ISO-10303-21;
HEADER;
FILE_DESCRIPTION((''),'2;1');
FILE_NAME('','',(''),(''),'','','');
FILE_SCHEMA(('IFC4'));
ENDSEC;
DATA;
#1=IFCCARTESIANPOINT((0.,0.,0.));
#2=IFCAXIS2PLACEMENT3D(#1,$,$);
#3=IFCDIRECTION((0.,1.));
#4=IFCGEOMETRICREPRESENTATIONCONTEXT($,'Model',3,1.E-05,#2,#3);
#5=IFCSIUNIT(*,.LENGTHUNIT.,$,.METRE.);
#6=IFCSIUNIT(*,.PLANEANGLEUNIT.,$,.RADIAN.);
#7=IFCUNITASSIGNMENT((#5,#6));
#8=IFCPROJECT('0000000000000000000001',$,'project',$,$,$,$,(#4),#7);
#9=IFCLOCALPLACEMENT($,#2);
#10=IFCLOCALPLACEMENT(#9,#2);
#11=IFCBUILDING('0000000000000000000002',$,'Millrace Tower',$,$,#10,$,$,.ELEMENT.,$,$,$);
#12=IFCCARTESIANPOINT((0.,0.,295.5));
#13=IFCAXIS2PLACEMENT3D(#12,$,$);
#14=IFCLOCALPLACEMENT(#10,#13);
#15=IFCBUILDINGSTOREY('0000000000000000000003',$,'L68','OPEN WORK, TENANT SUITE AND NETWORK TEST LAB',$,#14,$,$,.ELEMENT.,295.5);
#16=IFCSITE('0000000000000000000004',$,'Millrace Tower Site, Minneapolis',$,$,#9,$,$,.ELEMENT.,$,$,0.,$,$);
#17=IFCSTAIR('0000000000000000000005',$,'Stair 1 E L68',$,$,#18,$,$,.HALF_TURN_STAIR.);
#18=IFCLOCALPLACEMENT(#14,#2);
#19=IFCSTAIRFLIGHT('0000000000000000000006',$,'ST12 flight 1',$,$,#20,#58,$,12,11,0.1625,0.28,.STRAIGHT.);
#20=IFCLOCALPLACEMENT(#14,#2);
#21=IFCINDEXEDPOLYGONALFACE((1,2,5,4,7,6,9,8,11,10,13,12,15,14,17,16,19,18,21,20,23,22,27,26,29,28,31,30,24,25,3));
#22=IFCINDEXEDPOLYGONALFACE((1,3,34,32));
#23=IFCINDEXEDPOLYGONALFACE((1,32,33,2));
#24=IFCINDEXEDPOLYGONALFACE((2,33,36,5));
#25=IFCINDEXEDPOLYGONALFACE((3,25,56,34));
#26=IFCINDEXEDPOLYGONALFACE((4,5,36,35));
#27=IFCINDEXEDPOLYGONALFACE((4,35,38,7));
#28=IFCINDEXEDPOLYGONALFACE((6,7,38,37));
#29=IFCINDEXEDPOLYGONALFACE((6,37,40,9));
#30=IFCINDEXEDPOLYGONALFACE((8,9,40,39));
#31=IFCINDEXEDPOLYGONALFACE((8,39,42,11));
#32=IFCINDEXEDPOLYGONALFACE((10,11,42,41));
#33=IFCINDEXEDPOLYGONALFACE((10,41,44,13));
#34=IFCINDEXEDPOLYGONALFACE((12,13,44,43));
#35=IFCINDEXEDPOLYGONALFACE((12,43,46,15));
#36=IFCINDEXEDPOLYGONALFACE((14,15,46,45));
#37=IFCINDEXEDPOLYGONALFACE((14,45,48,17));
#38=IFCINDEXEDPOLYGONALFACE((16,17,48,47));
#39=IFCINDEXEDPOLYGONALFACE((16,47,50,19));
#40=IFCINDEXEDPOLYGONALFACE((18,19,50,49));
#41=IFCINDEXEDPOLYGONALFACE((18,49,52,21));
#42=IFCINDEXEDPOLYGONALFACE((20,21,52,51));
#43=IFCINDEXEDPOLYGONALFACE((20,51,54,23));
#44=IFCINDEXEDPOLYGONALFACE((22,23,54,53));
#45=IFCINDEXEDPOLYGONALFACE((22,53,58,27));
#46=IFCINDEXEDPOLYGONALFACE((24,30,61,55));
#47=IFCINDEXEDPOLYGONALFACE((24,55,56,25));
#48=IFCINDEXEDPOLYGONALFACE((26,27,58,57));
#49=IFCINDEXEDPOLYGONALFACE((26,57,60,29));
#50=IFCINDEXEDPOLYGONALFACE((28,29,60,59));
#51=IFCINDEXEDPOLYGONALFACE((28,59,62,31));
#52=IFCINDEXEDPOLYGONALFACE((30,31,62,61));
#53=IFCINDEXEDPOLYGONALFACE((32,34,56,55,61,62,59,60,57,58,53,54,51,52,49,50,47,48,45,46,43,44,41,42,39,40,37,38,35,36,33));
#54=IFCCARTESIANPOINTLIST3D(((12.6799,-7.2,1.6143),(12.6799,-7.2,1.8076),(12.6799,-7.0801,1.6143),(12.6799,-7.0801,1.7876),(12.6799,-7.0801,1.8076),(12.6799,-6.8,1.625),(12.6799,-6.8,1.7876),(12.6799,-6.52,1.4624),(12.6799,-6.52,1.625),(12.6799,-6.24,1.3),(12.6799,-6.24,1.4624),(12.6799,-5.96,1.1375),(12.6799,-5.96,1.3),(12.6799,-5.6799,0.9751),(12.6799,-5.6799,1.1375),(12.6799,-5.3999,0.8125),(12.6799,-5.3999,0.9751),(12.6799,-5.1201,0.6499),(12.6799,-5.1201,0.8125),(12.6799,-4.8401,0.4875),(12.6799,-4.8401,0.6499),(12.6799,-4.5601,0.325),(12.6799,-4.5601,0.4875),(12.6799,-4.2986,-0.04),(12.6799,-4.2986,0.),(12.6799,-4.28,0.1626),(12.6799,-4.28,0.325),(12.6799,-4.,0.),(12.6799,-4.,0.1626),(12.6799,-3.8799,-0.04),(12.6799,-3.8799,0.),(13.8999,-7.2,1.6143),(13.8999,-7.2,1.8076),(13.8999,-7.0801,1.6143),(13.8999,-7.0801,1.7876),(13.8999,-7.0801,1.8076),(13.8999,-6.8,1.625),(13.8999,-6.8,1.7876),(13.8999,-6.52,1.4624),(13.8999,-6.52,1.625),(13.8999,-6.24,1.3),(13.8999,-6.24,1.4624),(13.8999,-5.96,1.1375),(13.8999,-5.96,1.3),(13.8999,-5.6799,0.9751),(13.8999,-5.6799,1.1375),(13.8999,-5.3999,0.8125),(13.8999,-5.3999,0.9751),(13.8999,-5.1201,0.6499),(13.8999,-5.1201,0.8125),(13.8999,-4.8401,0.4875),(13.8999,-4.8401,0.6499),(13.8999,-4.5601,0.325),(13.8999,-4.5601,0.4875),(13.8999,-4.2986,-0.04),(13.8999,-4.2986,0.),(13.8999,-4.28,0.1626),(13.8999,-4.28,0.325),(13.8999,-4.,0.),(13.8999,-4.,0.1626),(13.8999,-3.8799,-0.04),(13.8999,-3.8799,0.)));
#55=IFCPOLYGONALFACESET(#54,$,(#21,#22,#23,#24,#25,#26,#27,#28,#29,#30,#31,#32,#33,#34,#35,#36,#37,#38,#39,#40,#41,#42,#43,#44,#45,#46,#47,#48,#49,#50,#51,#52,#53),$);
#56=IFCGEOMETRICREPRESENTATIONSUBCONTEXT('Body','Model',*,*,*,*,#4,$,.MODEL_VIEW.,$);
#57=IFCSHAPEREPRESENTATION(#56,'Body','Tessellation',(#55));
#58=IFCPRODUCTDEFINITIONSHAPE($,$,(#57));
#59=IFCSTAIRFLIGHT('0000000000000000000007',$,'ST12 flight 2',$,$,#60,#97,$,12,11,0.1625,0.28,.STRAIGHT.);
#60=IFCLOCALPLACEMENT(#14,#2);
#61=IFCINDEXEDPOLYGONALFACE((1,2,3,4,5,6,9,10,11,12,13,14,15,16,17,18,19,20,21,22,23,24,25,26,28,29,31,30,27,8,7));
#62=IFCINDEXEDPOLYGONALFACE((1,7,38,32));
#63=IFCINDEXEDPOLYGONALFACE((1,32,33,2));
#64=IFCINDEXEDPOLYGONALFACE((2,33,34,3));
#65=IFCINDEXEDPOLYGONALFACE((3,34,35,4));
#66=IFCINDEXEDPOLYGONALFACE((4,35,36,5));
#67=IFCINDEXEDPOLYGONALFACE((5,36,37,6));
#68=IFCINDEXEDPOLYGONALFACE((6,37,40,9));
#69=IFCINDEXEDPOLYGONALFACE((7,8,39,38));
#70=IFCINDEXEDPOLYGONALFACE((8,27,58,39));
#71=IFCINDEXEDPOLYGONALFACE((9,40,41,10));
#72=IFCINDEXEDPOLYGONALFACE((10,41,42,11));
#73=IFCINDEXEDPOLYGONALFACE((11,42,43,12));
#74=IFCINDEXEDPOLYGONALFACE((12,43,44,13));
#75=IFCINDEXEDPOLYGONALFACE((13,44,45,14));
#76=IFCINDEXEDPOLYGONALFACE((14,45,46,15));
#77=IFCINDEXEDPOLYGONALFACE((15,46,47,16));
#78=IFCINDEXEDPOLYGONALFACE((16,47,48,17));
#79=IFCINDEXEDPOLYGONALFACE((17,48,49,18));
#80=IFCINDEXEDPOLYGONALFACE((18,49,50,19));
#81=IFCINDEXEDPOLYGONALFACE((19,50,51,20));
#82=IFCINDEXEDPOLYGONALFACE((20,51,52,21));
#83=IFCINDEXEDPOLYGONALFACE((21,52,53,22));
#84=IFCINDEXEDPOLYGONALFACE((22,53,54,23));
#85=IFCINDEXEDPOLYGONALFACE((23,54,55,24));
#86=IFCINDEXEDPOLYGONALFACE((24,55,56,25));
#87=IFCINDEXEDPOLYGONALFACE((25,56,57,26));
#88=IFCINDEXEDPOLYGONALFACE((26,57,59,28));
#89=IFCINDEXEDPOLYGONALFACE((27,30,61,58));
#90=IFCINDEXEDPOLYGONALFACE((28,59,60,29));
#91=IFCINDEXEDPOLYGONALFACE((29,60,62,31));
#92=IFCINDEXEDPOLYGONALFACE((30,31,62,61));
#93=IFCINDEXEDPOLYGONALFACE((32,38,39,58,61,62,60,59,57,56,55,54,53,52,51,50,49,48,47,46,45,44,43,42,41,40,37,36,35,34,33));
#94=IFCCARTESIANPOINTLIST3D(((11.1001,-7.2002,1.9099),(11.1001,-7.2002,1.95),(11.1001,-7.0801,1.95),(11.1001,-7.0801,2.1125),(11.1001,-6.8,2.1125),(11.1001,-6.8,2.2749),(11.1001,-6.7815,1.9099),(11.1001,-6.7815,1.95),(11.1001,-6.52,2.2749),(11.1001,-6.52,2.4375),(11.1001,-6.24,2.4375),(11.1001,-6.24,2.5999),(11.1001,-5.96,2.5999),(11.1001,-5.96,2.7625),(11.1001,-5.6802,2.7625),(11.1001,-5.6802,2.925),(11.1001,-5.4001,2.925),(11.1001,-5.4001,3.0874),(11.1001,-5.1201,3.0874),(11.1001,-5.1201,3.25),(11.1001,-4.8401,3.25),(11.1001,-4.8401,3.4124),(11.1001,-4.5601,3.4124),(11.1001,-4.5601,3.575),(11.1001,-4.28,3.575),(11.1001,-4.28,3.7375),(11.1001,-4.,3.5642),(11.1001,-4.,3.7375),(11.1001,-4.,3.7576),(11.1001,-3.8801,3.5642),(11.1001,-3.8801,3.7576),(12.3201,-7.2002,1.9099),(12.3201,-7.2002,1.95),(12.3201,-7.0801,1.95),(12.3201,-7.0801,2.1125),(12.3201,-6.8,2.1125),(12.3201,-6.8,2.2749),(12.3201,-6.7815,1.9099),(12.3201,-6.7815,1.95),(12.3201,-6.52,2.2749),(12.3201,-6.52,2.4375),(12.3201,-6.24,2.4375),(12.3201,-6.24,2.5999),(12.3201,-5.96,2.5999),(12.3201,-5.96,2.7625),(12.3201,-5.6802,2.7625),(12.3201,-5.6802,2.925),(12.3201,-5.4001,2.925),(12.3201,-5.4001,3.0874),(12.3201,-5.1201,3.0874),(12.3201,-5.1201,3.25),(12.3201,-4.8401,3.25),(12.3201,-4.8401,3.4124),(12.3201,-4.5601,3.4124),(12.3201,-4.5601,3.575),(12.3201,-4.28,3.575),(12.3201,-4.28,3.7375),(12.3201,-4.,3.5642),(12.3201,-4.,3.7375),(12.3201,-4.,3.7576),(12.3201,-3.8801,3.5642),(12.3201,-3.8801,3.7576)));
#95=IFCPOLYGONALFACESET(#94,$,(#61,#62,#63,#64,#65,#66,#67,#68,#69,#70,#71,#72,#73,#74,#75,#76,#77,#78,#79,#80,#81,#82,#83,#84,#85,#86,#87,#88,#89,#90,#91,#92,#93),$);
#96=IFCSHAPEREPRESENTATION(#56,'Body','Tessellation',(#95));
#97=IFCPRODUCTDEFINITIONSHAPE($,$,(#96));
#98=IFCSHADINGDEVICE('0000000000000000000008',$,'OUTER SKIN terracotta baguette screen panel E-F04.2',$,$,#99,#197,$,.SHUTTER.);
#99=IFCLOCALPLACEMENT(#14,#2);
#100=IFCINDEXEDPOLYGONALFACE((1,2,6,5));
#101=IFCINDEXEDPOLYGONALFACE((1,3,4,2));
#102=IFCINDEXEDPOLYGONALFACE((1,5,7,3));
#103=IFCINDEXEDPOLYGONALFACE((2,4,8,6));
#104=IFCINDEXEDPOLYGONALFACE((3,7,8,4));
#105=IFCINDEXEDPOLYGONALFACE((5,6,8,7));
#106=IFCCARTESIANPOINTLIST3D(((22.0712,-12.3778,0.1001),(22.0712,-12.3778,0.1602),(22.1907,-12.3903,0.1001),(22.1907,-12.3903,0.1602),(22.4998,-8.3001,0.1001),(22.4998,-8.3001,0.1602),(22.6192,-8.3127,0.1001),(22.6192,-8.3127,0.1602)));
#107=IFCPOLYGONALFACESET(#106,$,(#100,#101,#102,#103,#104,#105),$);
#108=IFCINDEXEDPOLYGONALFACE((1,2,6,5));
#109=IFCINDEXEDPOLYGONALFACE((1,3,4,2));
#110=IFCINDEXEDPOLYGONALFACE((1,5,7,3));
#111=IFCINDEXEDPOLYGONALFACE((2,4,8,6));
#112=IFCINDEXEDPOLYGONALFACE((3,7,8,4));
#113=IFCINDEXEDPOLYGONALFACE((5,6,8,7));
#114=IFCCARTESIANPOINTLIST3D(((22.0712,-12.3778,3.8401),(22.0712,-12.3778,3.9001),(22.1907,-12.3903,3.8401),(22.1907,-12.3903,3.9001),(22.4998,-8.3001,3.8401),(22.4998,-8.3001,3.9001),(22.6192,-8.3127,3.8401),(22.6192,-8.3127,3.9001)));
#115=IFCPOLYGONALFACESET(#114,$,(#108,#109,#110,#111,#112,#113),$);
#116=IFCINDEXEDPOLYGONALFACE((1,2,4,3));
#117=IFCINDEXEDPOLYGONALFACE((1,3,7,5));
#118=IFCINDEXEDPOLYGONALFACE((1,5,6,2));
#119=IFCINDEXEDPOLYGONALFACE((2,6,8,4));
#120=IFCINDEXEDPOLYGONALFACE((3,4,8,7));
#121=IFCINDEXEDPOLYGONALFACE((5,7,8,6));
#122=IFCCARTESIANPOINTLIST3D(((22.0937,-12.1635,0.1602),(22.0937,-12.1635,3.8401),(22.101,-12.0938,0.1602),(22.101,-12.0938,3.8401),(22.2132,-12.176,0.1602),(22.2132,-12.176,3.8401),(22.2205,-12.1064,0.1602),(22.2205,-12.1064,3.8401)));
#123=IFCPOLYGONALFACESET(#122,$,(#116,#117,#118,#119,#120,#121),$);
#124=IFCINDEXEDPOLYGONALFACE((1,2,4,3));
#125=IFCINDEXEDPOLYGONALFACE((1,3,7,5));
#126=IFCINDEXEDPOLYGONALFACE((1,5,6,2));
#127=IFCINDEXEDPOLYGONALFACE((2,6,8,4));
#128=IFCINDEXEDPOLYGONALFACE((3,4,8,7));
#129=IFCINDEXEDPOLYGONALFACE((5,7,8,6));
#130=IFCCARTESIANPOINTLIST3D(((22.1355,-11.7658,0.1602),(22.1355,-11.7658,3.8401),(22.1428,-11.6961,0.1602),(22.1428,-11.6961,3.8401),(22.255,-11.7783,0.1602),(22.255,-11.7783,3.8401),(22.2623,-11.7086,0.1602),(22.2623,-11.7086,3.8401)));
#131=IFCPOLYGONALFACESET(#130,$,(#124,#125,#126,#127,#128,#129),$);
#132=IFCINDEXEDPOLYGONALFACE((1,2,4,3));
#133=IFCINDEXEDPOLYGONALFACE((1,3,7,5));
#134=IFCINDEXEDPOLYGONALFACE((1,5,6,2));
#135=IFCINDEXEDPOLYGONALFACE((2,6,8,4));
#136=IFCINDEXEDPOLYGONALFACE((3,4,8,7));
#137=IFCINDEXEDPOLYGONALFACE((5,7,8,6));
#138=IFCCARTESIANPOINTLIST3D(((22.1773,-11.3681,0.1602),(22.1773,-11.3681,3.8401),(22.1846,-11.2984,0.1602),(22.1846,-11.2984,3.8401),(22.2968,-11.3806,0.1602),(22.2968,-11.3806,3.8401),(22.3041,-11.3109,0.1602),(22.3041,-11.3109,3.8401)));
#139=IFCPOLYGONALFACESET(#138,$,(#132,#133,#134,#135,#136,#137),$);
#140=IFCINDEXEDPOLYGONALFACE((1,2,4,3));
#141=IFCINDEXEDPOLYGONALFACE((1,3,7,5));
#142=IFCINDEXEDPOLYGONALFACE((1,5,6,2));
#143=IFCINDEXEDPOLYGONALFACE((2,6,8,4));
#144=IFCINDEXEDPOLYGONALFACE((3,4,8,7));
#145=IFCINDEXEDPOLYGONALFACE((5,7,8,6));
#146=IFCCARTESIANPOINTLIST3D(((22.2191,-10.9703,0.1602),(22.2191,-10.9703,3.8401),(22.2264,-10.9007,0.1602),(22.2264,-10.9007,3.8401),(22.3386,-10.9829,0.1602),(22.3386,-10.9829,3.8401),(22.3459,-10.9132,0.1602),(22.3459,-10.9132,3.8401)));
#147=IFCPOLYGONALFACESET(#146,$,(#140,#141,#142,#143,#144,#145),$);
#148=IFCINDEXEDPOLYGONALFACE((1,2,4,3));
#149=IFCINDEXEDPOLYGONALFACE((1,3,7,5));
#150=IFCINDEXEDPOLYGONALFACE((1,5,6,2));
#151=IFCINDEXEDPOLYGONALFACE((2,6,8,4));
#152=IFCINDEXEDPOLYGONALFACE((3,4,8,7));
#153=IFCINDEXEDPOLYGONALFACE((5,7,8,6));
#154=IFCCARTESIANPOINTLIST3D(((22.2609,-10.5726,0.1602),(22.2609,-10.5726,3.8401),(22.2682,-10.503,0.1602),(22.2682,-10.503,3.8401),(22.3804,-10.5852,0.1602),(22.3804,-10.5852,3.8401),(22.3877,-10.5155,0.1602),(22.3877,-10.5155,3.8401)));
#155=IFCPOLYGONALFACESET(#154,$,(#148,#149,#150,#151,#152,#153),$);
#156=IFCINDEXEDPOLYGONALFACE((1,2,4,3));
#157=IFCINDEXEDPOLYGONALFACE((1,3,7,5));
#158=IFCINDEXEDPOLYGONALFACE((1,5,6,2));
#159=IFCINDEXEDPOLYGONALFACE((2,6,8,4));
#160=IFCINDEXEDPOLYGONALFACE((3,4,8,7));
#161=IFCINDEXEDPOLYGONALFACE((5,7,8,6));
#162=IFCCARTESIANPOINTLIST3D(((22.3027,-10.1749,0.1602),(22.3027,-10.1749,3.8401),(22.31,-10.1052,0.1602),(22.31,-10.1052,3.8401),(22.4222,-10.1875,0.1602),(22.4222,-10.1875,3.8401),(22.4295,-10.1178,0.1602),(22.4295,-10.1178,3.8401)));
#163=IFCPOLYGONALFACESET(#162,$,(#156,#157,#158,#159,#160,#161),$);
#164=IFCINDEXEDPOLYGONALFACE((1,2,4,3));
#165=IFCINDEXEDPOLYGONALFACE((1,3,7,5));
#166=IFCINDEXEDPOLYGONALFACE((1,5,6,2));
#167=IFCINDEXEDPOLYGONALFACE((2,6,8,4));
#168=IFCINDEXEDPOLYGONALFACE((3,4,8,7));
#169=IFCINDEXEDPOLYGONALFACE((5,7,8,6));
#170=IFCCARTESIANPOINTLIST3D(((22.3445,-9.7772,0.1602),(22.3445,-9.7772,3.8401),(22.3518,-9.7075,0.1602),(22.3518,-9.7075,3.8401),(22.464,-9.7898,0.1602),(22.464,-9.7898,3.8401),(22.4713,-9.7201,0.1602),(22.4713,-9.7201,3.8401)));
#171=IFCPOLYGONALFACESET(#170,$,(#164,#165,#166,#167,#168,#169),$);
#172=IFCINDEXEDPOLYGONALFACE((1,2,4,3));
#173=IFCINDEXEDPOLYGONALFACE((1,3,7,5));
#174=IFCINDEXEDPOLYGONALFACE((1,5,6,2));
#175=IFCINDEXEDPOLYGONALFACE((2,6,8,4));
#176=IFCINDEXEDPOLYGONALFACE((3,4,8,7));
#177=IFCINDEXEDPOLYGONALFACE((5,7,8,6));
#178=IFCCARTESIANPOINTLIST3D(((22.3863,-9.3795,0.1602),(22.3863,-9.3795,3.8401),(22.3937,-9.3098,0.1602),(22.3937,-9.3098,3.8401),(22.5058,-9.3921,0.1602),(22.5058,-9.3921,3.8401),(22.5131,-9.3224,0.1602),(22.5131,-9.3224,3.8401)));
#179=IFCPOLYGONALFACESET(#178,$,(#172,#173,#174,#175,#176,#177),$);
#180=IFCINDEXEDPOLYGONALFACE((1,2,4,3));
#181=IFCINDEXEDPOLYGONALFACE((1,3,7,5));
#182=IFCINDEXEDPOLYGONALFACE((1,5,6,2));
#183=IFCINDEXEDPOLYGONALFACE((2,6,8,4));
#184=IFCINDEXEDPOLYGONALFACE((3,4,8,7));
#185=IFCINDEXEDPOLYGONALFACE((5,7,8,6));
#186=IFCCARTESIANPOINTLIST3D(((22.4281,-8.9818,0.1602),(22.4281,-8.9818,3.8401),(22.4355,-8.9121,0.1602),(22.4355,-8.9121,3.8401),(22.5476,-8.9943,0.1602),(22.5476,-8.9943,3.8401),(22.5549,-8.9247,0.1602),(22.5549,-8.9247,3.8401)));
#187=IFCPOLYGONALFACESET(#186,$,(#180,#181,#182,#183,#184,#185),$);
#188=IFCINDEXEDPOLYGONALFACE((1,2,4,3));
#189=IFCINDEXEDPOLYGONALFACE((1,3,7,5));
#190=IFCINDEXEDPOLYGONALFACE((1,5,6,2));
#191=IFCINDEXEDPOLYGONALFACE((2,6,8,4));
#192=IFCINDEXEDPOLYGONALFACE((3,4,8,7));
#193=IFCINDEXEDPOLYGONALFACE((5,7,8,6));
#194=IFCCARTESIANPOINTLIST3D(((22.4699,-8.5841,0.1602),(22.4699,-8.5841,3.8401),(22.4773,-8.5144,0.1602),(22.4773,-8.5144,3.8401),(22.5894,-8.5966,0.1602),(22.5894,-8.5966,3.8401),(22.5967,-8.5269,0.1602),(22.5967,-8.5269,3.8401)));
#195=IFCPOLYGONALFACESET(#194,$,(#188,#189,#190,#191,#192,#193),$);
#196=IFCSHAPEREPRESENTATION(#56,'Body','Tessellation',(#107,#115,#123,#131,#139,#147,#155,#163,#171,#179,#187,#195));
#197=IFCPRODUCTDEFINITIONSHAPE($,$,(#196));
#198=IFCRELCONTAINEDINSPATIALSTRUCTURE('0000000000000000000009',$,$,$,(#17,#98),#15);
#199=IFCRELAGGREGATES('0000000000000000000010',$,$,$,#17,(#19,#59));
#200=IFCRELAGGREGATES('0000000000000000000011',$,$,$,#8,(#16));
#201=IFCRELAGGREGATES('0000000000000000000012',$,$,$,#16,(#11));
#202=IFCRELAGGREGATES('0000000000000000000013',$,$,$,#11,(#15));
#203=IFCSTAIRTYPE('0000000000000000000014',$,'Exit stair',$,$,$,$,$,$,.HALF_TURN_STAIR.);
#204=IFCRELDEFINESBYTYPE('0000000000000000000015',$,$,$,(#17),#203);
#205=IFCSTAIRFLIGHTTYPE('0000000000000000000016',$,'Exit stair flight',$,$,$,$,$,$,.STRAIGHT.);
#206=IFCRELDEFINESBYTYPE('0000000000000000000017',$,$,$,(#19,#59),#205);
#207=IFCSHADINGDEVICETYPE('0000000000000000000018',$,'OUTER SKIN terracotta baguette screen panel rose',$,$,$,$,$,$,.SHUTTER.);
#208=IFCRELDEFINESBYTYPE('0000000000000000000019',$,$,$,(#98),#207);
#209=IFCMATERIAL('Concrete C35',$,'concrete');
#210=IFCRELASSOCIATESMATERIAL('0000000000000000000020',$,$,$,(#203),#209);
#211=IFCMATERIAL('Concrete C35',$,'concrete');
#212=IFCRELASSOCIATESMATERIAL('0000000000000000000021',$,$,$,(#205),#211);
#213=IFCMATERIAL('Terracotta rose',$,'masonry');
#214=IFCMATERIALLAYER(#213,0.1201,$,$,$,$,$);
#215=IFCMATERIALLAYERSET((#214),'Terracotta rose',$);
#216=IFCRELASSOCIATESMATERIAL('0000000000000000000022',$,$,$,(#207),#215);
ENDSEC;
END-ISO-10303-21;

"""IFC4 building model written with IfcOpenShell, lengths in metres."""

from ifc_helpers import new_model, entity, si_unit, direction, frame, frame_2d, origin, place, context, subcontext, project, spatial, polyline, rectangle, outline, extrude, source, transform, mapped, material, layer, layer_set, type_object, element, aggregate, save


model = new_model("IFC4")

# Units and contexts
model_context = context("Model", 3, precision=1e-05, world=origin(), true_north=direction((0.0, 1.0)))
body_context = subcontext(model_context, "Body", "Model", "MODEL_VIEW")
ifc_project = project(units=[si_unit("LENGTHUNIT", "METRE"), si_unit("PLANEANGLEUNIT", "RADIAN")], contexts=[model_context])

# Site, building, storey
site_placement = place(None, origin())
site = spatial("IfcSite", under=ifc_project, at=site_placement, Name="Millrace Tower Site, Minneapolis", CompositionType="ELEMENT", RefElevation=0.0)
building_placement = place(site_placement, origin())
building = spatial("IfcBuilding", under=site, at=building_placement, Name="Millrace Tower", CompositionType="ELEMENT")
storey_placement = place(building_placement, frame((0.0, 0.0, 295.5)))
storey = spatial("IfcBuildingStorey", under=building, at=storey_placement, Name="L68", Description="OPEN WORK, TENANT SUITE AND NETWORK TEST LAB", CompositionType="ELEMENT", Elevation=295.5)

# Shared definitions
placement = place(storey_placement, origin())

# Stair, stair flights
ifc_material_1 = material(Name="Concrete C35", Category="concrete")
stair_type = type_object("IfcStairType", Name="Exit stair", PredefinedType="HALF_TURN_STAIR", material=ifc_material_1)
stair = element("IfcStair", 1, at=placement, inside=storey, type_object=stair_type, Name="Stair 1 E L68", PredefinedType="HALF_TURN_STAIR")
ifc_material_2 = material(Name="Concrete C35", Category="concrete")
stair_flight_type = type_object("IfcStairFlightType", Name="Exit stair flight", PredefinedType="STRAIGHT", material=ifc_material_2)
stair_flight_1_placement = place(storey_placement, frame((13.29, -4.0, 0.0), z_axis=(0.0, 0.0, 1.0), x_axis=(0.0, -1.0, 0.0)))
stair_flight_1 = element("IfcStairFlight", 2, at=stair_flight_1_placement, type_object=stair_flight_type, Name="ST12 flight 1", NumberOfRisers=12, NumberOfTreads=11, PredefinedType="STRAIGHT", RiserHeight=0.1625, TreadLength=0.28, context=body_context, shape_type="SweptSolid", body=[
    extrude(outline(polyline([(-0.1201, -0.04), (-0.1201, 0.0), (0.0, 0.0), (0.0, 0.1626), (0.28, 0.1626), (0.28, 0.325), (0.5601, 0.325), (0.5601, 0.4875), (0.8401, 0.4875), (0.8401, 0.6499), (1.1201, 0.6499), (1.1201, 0.8125), (1.3999, 0.8125), (1.3999, 0.9751), (1.6799, 0.9751), (1.6799, 1.1375), (1.96, 1.1375), (1.96, 1.3), (2.24, 1.3), (2.24, 1.4624), (2.52, 1.4624), (2.52, 1.625), (2.8, 1.625), (2.8, 1.7876), (3.0801, 1.7876), (3.0801, 1.8076), (3.2, 1.8076), (3.2, 1.6143), (3.0801, 1.6143), (0.2986, 0.0), (0.2986, -0.04), (-0.1201, -0.04)])), frame((0.0, 0.6099, 0.0), z_axis=(0.0, -1.0, 0.0), x_axis=(1.0, 0.0, 0.0)), (0.0, 0.0, 1.0), 1.22),
])
stair_flight_2_placement = place(storey_placement, frame((11.71, -7.0801, 1.95), z_axis=(0.0, 0.0, 1.0), x_axis=(0.0, 1.0, 0.0)))
stair_flight_2 = element("IfcStairFlight", 3, at=stair_flight_2_placement, type_object=stair_flight_type, Name="ST12 flight 2", NumberOfRisers=12, NumberOfTreads=11, PredefinedType="STRAIGHT", RiserHeight=0.1625, TreadLength=0.28, context=body_context, shape_type="SweptSolid", body=[
    extrude(outline(polyline([(-0.1201, -0.04), (-0.1201, 0.0), (0.0, 0.0), (0.0, 0.1626), (0.28, 0.1626), (0.28, 0.325), (0.5601, 0.325), (0.5601, 0.4875), (0.8401, 0.4875), (0.8401, 0.6499), (1.1201, 0.6499), (1.1201, 0.8125), (1.3999, 0.8125), (1.3999, 0.9751), (1.6799, 0.9751), (1.6799, 1.1375), (1.96, 1.1375), (1.96, 1.3), (2.24, 1.3), (2.24, 1.4624), (2.52, 1.4624), (2.52, 1.625), (2.8, 1.625), (2.8, 1.7876), (3.0801, 1.7876), (3.0801, 1.8076), (3.2, 1.8076), (3.2, 1.6143), (3.0801, 1.6143), (0.2986, 0.0), (0.2986, -0.04), (-0.1201, -0.04)])), frame((0.0, 0.6099, 0.0), z_axis=(0.0, -1.0, 0.0), x_axis=(1.0, 0.0, 0.0)), (0.0, 0.0, 1.0), 1.22),
])
aggregate(stair, [stair_flight_1, stair_flight_2])

# Shading device
ifc_material_3 = material(Name="Terracotta rose", Category="masonry")
ifc_layer_1 = layer(ifc_material_3, 0.1201)
ifc_layer_set_1 = layer_set([ifc_layer_1], Name="Terracotta rose")
shading_device_type = type_object("IfcShadingDeviceType", Name="OUTER SKIN terracotta baguette screen panel rose", PredefinedType="SHUTTER", material=ifc_layer_set_1)
cartesian_point = entity("IfcCartesianPoint", [-2.05, 0.0601])
shared_polyline = entity("IfcPolyline", [cartesian_point, entity("IfcCartesianPoint", [2.05, 0.0601]), entity("IfcCartesianPoint", [2.05, -0.0601]), entity("IfcCartesianPoint", [-2.05, -0.0601]), cartesian_point])
shared_shape = source(origin(), body_context, "Body", "SweptSolid", [
    entity("IfcExtrudedAreaSolid", entity("IfcArbitraryClosedProfileDef", "AREA", None, shared_polyline), entity("IfcAxis2Placement3D", entity("IfcCartesianPoint", [0.0, 0.0, 0.0])), entity("IfcDirection", [0.0, 0.0, 1.0]), 0.0601),
    entity("IfcExtrudedAreaSolid", entity("IfcArbitraryClosedProfileDef", "AREA", None, shared_polyline), entity("IfcAxis2Placement3D", entity("IfcCartesianPoint", [0.0, 0.0, 3.74])), entity("IfcDirection", [0.0, 0.0, 1.0]), 0.0601),
    extrude(rectangle(XDim=0.0701, YDim=0.1201, at=frame_2d((-1.7996, 0.0))), frame((0.0, 0.0, 0.0601)), (0.0, 0.0, 1.0), 3.6799),
    extrude(rectangle(XDim=0.0701, YDim=0.1201, at=frame_2d((-1.3997, 0.0))), frame((0.0, 0.0, 0.0601)), (0.0, 0.0, 1.0), 3.6799),
    extrude(rectangle(XDim=0.0701, YDim=0.1201, at=frame_2d((-0.9998, 0.0))), frame((0.0, 0.0, 0.0601)), (0.0, 0.0, 1.0), 3.6799),
    extrude(rectangle(XDim=0.0701, YDim=0.1201, at=frame_2d((-0.5999, 0.0))), frame((0.0, 0.0, 0.0601)), (0.0, 0.0, 1.0), 3.6799),
    extrude(rectangle(XDim=0.0701, YDim=0.1201, at=frame_2d((-0.2, 0.0))), frame((0.0, 0.0, 0.0601)), (0.0, 0.0, 1.0), 3.6799),
    extrude(rectangle(XDim=0.0701, YDim=0.1201, at=frame_2d((0.2, 0.0))), frame((0.0, 0.0, 0.0601)), (0.0, 0.0, 1.0), 3.6799),
    extrude(rectangle(XDim=0.0701, YDim=0.1201, at=frame_2d((0.5999, 0.0))), frame((0.0, 0.0, 0.0601)), (0.0, 0.0, 1.0), 3.6799),
    extrude(rectangle(XDim=0.0701, YDim=0.1201, at=frame_2d((0.9998, 0.0))), frame((0.0, 0.0, 0.0601)), (0.0, 0.0, 1.0), 3.6799),
    extrude(rectangle(XDim=0.0701, YDim=0.1201, at=frame_2d((1.3997, 0.0))), frame((0.0, 0.0, 0.0601)), (0.0, 0.0, 1.0), 3.6799),
    extrude(rectangle(XDim=0.0701, YDim=0.1201, at=frame_2d((1.7996, 0.0))), frame((0.0, 0.0, 0.0601)), (0.0, 0.0, 1.0), 3.6799),
])
for number, where, z_axis, x_axis, name in (
    (4, (22.3452, -10.3452, 0.1001), (0.0, 0.0, 1.0), (0.104528, 0.994522, 0.0), "OUTER SKIN terracotta baguette screen panel E-F04.2"),
):
    element("IfcShadingDevice", number, at=place(storey_placement, frame(where, z_axis=z_axis, x_axis=x_axis)), inside=storey, type_object=shading_device_type, Name=name, PredefinedType="SHUTTER", context=body_context, shape_type="MappedRepresentation", body=[
        mapped(shared_shape, transform((0.0, 0.0, 0.0), scale=1.0)),
    ])

save(model, "model.ifc")
